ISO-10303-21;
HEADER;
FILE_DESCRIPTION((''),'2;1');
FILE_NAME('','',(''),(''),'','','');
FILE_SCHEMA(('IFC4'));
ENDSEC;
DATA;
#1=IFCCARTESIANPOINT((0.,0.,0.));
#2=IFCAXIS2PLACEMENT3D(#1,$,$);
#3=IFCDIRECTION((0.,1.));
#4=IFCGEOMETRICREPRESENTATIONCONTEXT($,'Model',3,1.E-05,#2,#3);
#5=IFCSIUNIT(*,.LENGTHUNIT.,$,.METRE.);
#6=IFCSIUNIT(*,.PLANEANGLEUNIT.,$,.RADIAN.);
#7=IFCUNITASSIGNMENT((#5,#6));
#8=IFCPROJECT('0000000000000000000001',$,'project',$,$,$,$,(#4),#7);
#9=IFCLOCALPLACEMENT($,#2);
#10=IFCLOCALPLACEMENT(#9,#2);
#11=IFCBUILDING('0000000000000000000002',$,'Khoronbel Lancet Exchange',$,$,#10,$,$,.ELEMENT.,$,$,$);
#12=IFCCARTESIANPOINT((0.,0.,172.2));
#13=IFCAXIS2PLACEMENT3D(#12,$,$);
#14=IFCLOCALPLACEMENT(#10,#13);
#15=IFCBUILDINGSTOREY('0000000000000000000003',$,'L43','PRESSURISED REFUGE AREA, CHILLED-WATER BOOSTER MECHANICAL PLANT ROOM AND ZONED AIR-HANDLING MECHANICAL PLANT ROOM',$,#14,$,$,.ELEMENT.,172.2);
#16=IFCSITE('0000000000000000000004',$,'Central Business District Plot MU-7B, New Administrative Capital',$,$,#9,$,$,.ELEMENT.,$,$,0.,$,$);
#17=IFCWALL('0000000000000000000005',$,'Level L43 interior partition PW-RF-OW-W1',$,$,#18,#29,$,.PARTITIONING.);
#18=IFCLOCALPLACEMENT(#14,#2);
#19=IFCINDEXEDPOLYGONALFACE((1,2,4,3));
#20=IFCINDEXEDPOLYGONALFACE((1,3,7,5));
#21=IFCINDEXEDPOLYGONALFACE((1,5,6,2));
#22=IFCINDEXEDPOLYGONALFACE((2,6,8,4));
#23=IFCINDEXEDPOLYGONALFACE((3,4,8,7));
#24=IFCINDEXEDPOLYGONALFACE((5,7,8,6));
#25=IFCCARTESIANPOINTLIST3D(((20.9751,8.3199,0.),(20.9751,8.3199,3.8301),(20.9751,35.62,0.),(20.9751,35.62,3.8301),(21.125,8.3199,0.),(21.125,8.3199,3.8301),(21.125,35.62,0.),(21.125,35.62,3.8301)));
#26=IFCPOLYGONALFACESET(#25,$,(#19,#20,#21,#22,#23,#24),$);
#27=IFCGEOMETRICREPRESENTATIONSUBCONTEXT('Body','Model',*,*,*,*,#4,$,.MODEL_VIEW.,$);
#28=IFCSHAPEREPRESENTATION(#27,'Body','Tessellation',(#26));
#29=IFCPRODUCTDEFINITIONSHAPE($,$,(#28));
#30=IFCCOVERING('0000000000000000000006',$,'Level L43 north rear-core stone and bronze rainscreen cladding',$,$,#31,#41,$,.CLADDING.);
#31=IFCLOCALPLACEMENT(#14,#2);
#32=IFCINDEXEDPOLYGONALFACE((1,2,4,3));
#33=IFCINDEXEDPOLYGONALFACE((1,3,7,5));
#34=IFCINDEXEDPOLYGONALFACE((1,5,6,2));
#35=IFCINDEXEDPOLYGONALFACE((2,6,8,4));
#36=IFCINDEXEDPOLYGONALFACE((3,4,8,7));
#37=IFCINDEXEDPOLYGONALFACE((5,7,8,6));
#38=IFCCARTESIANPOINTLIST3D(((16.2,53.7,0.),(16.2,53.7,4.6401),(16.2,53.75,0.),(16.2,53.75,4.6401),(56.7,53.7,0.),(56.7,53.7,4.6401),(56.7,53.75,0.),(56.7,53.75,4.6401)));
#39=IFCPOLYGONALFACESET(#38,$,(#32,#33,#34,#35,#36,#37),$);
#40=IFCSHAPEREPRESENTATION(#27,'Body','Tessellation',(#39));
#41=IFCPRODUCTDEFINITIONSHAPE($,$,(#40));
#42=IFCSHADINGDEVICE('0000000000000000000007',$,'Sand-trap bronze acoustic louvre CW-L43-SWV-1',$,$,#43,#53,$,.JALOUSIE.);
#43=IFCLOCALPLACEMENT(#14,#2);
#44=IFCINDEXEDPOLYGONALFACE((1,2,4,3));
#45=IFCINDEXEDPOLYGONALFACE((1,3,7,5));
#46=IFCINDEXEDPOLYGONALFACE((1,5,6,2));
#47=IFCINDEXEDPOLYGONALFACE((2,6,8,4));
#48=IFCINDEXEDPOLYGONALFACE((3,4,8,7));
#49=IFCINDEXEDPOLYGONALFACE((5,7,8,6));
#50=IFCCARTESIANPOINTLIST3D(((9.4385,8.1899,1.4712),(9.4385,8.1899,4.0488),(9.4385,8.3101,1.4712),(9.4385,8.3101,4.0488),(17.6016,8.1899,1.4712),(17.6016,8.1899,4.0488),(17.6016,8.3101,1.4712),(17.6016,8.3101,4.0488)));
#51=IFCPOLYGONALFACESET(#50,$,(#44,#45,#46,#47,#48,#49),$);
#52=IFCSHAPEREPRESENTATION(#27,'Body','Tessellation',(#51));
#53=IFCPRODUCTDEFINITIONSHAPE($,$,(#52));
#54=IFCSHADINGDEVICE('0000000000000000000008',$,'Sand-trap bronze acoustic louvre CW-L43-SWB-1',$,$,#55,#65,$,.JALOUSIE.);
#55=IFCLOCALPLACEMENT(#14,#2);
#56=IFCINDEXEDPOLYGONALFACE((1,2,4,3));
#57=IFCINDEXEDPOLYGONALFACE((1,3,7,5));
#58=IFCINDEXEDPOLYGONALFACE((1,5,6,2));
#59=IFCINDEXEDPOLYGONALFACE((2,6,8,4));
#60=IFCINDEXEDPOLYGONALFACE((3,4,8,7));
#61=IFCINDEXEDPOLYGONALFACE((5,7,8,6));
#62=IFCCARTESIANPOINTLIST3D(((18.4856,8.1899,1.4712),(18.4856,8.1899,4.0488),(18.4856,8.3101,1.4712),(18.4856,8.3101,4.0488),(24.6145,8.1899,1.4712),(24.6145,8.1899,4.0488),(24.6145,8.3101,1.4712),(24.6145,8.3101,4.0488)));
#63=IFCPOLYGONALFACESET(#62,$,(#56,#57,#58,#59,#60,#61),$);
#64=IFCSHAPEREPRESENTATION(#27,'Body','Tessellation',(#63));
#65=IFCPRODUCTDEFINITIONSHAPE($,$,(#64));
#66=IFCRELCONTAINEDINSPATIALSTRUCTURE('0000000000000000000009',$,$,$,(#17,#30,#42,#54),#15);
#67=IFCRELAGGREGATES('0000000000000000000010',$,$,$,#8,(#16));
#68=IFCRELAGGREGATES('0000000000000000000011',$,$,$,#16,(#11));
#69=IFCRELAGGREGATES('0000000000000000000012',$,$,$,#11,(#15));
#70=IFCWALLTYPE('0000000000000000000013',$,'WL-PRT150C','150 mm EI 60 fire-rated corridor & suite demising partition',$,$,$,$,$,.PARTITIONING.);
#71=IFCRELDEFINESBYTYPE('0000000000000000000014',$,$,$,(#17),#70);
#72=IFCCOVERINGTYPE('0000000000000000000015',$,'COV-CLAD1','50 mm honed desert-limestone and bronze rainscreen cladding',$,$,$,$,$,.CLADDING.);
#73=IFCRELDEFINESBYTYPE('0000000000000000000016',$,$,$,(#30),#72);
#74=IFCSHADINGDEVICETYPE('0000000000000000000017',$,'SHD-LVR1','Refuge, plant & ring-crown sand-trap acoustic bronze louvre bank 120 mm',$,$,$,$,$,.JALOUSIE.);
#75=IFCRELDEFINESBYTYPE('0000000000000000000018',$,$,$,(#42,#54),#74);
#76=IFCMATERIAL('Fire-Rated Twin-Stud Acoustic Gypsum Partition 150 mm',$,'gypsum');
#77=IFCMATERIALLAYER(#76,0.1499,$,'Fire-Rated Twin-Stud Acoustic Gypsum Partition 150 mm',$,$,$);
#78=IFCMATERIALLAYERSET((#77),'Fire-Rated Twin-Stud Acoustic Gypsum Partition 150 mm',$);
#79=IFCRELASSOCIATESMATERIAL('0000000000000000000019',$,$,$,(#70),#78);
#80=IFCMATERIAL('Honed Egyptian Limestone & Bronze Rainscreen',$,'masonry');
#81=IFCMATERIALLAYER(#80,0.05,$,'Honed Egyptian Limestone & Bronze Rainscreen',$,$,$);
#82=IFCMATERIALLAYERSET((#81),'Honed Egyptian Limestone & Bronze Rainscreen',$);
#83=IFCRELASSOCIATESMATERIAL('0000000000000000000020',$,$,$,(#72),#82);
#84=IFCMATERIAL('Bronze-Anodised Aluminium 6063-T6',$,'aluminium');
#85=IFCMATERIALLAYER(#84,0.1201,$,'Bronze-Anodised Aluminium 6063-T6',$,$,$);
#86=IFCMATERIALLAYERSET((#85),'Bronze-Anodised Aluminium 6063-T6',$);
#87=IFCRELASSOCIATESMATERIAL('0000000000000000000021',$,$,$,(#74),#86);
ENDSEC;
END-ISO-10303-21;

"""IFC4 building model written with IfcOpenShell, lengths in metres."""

from ifc_helpers import new_model, si_unit, direction, frame, frame_2d, origin, origin_2d, place, context, subcontext, project, spatial, polyline, rectangle, outline, extrude, material, layer, layer_set, type_object, element, save


model = new_model("IFC4")

# Units and contexts
model_context = context("Model", 3, precision=1e-05, world=origin(), true_north=direction((0.0, 1.0)))
body_context = subcontext(model_context, "Body", "Model", "MODEL_VIEW")
ifc_project = project(units=[si_unit("LENGTHUNIT", "METRE"), si_unit("PLANEANGLEUNIT", "RADIAN")], contexts=[model_context])

# Site, building, storey
site_placement = place(None, origin())
site = spatial("IfcSite", under=ifc_project, at=site_placement, Name="Central Business District Plot MU-7B, New Administrative Capital", CompositionType="ELEMENT", RefElevation=0.0)
building_placement = place(site_placement, origin())
building = spatial("IfcBuilding", under=site, at=building_placement, Name="Khoronbel Lancet Exchange", CompositionType="ELEMENT")
storey_placement = place(building_placement, frame((0.0, 0.0, 172.2)))
storey = spatial("IfcBuildingStorey", under=building, at=storey_placement, Name="L43", Description="PRESSURISED REFUGE AREA, CHILLED-WATER BOOSTER MECHANICAL PLANT ROOM AND ZONED AIR-HANDLING MECHANICAL PLANT ROOM", CompositionType="ELEMENT", Elevation=172.2)

# Shared definitions
ifc_material_1 = material(Name="Bronze-Anodised Aluminium 6063-T6", Category="aluminium")

# Wall
ifc_material_2 = material(Name="Fire-Rated Twin-Stud Acoustic Gypsum Partition 150 mm", Category="gypsum")
ifc_layer_1 = layer(ifc_material_2, 0.1499, Name="Fire-Rated Twin-Stud Acoustic Gypsum Partition 150 mm")
ifc_layer_set_1 = layer_set([ifc_layer_1], Name="Fire-Rated Twin-Stud Acoustic Gypsum Partition 150 mm")
wall_type_1 = type_object("IfcWallType", Name="WL-PRT150C", Description="150 mm EI 60 fire-rated corridor & suite demising partition", PredefinedType="PARTITIONING", material=ifc_layer_set_1)
wall_1_placement = place(storey_placement, frame((21.05, 8.3201, 0.0), z_axis=(0.0, 0.0, 1.0), x_axis=(0.0, 1.0, 0.0)))
element("IfcWall", 1, at=wall_1_placement, inside=storey, type_object=wall_type_1, Name="Level L43 interior partition PW-RF-OW-W1", PredefinedType="PARTITIONING", context=body_context, shape_type="SweptSolid", body=[
    extrude(rectangle(XDim=27.3, YDim=0.1499, at=frame_2d((13.6499, 0.0))), origin(), (0.0, 0.0, 1.0), 3.8301),
])

# Covering
ifc_material_3 = material(Name="Honed Egyptian Limestone & Bronze Rainscreen", Category="masonry")
ifc_layer_2 = layer(ifc_material_3, 0.05, Name="Honed Egyptian Limestone & Bronze Rainscreen")
ifc_layer_set_2 = layer_set([ifc_layer_2], Name="Honed Egyptian Limestone & Bronze Rainscreen")
covering_type = type_object("IfcCoveringType", Name="COV-CLAD1", Description="50 mm honed desert-limestone and bronze rainscreen cladding", PredefinedType="CLADDING", material=ifc_layer_set_2)
covering_placement = place(storey_placement, origin())
element("IfcCovering", 2, at=covering_placement, inside=storey, type_object=covering_type, Name="Level L43 north rear-core stone and bronze rainscreen cladding", PredefinedType="CLADDING", context=body_context, shape_type="SweptSolid", body=[
    extrude(outline(polyline([(16.2, 53.7), (56.7, 53.7), (56.7, 53.75), (16.2, 53.75), (16.2, 53.7)])), origin(), (0.0, 0.0, 1.0), 4.6401),
])

# Shading devices
ifc_layer_3 = layer(ifc_material_1, 0.1201, Name="Bronze-Anodised Aluminium 6063-T6")
ifc_layer_set_3 = layer_set([ifc_layer_3], Name="Bronze-Anodised Aluminium 6063-T6")
shading_device_type = type_object("IfcShadingDeviceType", Name="SHD-LVR1", Description="Refuge, plant & ring-crown sand-trap acoustic bronze louvre bank 120 mm", PredefinedType="JALOUSIE", material=ifc_layer_set_3)
shading_device_1_placement = place(storey_placement, frame((13.52, 8.25, 1.4712), z_axis=(0.0, 0.0, 1.0), x_axis=(1.0, 0.0, 0.0)))
element("IfcShadingDevice", 3, at=shading_device_1_placement, inside=storey, type_object=shading_device_type, Name="Sand-trap bronze acoustic louvre CW-L43-SWV-1", PredefinedType="JALOUSIE", context=body_context, shape_type="SweptSolid", body=[
    extrude(rectangle(XDim=8.1631, YDim=0.1201, at=origin_2d()), origin(), (0.0, 0.0, 1.0), 2.5776),
])
shading_device_2_placement = place(storey_placement, frame((21.55, 8.25, 1.4712), z_axis=(0.0, 0.0, 1.0), x_axis=(1.0, 0.0, 0.0)))
element("IfcShadingDevice", 4, at=shading_device_2_placement, inside=storey, type_object=shading_device_type, Name="Sand-trap bronze acoustic louvre CW-L43-SWB-1", PredefinedType="JALOUSIE", context=body_context, shape_type="SweptSolid", body=[
    extrude(rectangle(XDim=6.1289, YDim=0.1201, at=origin_2d()), origin(), (0.0, 0.0, 1.0), 2.5776),
])

save(model, "model.ifc")
